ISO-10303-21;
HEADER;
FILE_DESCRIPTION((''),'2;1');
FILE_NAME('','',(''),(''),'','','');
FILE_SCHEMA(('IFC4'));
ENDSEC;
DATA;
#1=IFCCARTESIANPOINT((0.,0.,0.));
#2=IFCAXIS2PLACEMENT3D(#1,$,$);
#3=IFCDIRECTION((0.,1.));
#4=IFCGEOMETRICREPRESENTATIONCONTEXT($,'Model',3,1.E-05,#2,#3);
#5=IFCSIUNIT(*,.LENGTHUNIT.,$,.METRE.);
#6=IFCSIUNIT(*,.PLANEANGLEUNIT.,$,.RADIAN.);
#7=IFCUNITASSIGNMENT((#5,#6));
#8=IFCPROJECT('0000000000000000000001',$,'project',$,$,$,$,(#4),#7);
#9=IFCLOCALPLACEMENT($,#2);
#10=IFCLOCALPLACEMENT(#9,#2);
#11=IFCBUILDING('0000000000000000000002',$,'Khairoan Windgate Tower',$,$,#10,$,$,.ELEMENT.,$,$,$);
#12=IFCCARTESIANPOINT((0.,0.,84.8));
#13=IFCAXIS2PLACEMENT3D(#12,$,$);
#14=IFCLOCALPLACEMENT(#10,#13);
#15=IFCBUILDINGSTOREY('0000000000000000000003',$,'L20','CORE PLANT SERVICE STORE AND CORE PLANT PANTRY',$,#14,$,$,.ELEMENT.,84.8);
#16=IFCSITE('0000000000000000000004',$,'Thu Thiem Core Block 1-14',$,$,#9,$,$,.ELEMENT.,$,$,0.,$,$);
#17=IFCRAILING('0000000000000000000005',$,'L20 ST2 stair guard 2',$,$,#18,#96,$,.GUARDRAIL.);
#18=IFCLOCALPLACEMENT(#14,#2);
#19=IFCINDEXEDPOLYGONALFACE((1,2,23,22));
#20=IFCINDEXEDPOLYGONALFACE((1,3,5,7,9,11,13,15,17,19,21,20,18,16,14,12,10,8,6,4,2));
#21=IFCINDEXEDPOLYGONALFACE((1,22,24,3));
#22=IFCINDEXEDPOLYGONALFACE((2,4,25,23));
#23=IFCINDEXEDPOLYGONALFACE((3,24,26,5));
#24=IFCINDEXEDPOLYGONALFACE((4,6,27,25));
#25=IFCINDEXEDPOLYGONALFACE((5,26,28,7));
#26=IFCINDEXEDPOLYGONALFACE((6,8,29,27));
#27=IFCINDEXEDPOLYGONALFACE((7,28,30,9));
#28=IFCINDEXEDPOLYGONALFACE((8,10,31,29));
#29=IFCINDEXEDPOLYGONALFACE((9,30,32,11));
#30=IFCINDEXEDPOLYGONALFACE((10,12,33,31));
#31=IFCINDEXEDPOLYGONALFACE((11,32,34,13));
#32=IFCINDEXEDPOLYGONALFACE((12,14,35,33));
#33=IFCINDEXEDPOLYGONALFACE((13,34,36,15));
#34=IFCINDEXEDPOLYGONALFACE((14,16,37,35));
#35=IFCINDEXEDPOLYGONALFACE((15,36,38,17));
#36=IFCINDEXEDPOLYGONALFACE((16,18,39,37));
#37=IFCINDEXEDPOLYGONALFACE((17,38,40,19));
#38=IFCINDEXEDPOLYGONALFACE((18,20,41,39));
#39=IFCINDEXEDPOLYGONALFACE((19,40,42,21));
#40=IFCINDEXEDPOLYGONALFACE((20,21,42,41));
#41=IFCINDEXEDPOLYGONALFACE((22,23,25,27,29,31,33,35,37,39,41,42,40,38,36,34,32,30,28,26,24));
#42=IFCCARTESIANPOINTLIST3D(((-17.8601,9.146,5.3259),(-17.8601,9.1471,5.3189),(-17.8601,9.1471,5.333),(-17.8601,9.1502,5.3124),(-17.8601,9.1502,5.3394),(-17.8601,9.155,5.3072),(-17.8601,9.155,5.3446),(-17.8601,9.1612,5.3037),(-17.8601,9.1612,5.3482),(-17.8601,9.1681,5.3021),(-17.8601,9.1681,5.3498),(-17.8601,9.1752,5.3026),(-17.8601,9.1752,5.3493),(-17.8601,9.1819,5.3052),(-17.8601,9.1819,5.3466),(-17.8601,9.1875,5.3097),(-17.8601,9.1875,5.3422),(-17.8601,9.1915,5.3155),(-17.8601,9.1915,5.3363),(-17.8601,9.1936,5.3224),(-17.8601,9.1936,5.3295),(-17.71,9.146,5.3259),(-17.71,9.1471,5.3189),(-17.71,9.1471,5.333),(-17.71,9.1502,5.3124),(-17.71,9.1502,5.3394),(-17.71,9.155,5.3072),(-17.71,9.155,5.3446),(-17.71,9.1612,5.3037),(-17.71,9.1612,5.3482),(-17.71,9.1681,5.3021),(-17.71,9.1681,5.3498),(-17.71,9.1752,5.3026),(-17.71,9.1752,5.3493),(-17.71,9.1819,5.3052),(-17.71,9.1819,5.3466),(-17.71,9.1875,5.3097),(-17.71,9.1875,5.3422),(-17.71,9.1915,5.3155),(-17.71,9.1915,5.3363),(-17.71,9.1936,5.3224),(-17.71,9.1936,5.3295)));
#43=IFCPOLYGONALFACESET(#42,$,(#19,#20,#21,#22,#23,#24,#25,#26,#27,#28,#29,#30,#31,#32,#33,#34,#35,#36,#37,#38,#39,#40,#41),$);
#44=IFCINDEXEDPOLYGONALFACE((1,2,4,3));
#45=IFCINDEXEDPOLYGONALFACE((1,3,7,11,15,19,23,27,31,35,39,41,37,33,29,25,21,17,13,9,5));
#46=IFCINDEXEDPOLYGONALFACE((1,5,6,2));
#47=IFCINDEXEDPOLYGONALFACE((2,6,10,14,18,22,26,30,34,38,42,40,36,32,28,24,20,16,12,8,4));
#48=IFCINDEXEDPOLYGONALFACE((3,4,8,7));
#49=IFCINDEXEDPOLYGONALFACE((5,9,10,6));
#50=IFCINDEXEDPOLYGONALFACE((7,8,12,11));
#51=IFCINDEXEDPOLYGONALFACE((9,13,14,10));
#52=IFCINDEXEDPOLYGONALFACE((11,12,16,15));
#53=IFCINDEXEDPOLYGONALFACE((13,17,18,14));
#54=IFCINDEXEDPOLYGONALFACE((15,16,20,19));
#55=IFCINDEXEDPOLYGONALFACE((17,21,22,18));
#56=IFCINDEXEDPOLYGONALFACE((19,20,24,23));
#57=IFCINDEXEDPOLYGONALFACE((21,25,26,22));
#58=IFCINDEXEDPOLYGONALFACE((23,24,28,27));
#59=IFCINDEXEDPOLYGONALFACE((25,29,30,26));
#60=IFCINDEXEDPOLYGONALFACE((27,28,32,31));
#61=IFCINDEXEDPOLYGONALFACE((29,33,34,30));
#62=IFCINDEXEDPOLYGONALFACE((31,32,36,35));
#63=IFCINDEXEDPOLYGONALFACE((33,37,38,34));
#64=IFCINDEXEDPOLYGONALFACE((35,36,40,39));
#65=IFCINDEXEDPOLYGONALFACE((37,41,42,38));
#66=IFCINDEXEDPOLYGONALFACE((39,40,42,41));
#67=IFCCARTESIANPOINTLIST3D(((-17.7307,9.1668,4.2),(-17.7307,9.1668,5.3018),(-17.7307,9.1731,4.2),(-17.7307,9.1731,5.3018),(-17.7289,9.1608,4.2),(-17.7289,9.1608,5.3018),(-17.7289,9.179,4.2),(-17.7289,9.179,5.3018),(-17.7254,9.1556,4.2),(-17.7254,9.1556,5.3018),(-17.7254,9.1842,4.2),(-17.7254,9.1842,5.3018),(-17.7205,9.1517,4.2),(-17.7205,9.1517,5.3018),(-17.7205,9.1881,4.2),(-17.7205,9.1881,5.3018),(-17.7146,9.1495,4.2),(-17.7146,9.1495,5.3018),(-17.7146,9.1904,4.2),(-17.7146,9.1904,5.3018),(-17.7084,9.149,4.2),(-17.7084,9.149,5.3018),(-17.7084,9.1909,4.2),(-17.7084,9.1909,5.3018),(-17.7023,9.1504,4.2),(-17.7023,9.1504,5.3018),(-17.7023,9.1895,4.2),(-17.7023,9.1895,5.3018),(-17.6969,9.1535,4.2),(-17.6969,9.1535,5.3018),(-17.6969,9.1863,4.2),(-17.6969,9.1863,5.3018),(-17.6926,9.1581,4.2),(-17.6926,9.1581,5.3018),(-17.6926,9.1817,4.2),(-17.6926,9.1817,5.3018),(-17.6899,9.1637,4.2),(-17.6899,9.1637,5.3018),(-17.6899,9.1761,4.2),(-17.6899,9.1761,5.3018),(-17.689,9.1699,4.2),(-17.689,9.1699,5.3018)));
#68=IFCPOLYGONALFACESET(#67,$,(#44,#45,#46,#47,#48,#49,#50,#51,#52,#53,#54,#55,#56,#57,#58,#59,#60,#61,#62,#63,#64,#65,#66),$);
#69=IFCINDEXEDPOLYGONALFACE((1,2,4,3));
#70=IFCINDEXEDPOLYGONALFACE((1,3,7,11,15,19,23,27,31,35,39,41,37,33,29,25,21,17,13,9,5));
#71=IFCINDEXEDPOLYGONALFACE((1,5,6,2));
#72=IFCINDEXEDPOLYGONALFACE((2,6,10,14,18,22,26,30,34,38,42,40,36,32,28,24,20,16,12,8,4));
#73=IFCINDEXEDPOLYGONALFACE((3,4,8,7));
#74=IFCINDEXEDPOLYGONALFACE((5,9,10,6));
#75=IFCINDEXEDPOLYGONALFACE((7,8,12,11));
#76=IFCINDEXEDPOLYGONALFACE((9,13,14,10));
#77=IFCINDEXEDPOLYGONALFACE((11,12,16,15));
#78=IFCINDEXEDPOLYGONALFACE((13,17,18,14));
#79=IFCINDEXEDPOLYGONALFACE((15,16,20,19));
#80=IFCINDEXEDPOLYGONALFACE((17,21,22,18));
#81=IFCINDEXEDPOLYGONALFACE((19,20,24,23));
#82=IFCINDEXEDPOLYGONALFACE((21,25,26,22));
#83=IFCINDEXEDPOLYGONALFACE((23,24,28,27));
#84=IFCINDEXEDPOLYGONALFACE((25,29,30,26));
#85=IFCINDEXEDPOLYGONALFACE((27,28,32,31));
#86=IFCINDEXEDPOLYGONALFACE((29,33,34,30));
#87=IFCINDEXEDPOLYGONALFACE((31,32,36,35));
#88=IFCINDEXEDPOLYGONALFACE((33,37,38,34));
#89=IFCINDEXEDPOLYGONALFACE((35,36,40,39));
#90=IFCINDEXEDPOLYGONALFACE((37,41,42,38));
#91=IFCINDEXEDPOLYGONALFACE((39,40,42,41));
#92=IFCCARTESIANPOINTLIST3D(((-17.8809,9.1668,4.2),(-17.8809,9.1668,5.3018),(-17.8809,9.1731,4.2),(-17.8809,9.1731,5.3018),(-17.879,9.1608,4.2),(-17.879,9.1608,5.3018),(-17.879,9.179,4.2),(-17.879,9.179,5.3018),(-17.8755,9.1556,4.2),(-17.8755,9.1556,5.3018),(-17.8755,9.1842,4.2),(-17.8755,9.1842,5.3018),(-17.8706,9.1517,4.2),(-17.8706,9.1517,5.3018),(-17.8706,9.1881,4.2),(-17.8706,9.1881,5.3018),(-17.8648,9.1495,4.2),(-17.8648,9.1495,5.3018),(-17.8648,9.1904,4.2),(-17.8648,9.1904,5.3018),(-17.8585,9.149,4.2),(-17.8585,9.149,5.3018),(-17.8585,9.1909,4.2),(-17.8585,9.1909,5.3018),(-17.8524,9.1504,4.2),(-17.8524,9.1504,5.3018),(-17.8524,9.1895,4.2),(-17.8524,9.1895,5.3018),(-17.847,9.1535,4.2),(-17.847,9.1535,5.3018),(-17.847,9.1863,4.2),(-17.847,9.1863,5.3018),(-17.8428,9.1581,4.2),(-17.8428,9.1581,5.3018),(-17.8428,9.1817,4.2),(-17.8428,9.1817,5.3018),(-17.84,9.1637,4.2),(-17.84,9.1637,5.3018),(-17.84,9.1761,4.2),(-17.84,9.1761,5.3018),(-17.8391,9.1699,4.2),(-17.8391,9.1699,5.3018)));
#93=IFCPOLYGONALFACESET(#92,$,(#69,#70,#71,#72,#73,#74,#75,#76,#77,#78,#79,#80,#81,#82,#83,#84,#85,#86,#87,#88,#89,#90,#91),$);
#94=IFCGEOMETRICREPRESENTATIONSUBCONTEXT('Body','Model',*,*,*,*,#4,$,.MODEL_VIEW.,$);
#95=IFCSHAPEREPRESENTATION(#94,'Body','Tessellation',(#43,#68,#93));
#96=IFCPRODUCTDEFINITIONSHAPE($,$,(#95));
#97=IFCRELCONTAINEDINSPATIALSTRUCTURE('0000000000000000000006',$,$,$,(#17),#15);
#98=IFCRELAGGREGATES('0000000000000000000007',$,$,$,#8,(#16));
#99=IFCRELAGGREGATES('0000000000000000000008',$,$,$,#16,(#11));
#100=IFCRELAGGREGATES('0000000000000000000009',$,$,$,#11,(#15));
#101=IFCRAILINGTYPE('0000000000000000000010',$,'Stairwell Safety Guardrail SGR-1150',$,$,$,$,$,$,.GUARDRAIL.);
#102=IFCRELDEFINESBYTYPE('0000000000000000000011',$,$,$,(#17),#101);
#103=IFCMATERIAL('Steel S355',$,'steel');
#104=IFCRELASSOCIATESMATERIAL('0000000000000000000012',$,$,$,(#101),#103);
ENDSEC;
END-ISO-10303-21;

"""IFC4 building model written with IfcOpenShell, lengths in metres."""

from ifc_helpers import new_model, si_unit, direction, frame, origin, origin_2d, place, context, subcontext, project, spatial, circle, extrude, material, type_object, element, save


model = new_model("IFC4")

# Units and contexts
model_context = context("Model", 3, precision=1e-05, world=origin(), true_north=direction((0.0, 1.0)))
body_context = subcontext(model_context, "Body", "Model", "MODEL_VIEW")
ifc_project = project(units=[si_unit("LENGTHUNIT", "METRE"), si_unit("PLANEANGLEUNIT", "RADIAN")], contexts=[model_context])

# Site, building, storey
site_placement = place(None, origin())
site = spatial("IfcSite", under=ifc_project, at=site_placement, Name="Thu Thiem Core Block 1-14", CompositionType="ELEMENT", RefElevation=0.0)
building_placement = place(site_placement, origin())
building = spatial("IfcBuilding", under=site, at=building_placement, Name="Khairoan Windgate Tower", CompositionType="ELEMENT")
storey_placement = place(building_placement, frame((0.0, 0.0, 84.8)))
storey = spatial("IfcBuildingStorey", under=building, at=storey_placement, Name="L20", Description="CORE PLANT SERVICE STORE AND CORE PLANT PANTRY", CompositionType="ELEMENT", Elevation=84.8)

# Railing
ifc_material_1 = material(Name="Steel S355", Category="steel")
railing_type_1 = type_object("IfcRailingType", Name="Stairwell Safety Guardrail SGR-1150", PredefinedType="GUARDRAIL", material=ifc_material_1)
railing_1_placement = place(storey_placement, frame((-17.71, 9.1699, 4.2)))
element("IfcRailing", 1, at=railing_1_placement, inside=storey, type_object=railing_type_1, Name="L20 ST2 stair guard 2", PredefinedType="GUARDRAIL", context=body_context, shape_type="SweptSolid", body=[
    extrude(circle(Radius=0.0239, at=origin_2d()), frame((0.0, 0.0, 1.126), z_axis=(-1.0, 0.0, 0.0), x_axis=(0.0, -1.0, 0.0)), (0.0, 0.0, 1.0), 0.1501),
    extrude(circle(Radius=0.021, at=origin_2d()), origin(), (0.0, 0.0, 1.0), 1.1018),
    extrude(circle(Radius=0.021, at=origin_2d()), frame((-0.1501, 0.0, 0.0)), (0.0, 0.0, 1.0), 1.1018),
])

save(model, "model.ifc")
